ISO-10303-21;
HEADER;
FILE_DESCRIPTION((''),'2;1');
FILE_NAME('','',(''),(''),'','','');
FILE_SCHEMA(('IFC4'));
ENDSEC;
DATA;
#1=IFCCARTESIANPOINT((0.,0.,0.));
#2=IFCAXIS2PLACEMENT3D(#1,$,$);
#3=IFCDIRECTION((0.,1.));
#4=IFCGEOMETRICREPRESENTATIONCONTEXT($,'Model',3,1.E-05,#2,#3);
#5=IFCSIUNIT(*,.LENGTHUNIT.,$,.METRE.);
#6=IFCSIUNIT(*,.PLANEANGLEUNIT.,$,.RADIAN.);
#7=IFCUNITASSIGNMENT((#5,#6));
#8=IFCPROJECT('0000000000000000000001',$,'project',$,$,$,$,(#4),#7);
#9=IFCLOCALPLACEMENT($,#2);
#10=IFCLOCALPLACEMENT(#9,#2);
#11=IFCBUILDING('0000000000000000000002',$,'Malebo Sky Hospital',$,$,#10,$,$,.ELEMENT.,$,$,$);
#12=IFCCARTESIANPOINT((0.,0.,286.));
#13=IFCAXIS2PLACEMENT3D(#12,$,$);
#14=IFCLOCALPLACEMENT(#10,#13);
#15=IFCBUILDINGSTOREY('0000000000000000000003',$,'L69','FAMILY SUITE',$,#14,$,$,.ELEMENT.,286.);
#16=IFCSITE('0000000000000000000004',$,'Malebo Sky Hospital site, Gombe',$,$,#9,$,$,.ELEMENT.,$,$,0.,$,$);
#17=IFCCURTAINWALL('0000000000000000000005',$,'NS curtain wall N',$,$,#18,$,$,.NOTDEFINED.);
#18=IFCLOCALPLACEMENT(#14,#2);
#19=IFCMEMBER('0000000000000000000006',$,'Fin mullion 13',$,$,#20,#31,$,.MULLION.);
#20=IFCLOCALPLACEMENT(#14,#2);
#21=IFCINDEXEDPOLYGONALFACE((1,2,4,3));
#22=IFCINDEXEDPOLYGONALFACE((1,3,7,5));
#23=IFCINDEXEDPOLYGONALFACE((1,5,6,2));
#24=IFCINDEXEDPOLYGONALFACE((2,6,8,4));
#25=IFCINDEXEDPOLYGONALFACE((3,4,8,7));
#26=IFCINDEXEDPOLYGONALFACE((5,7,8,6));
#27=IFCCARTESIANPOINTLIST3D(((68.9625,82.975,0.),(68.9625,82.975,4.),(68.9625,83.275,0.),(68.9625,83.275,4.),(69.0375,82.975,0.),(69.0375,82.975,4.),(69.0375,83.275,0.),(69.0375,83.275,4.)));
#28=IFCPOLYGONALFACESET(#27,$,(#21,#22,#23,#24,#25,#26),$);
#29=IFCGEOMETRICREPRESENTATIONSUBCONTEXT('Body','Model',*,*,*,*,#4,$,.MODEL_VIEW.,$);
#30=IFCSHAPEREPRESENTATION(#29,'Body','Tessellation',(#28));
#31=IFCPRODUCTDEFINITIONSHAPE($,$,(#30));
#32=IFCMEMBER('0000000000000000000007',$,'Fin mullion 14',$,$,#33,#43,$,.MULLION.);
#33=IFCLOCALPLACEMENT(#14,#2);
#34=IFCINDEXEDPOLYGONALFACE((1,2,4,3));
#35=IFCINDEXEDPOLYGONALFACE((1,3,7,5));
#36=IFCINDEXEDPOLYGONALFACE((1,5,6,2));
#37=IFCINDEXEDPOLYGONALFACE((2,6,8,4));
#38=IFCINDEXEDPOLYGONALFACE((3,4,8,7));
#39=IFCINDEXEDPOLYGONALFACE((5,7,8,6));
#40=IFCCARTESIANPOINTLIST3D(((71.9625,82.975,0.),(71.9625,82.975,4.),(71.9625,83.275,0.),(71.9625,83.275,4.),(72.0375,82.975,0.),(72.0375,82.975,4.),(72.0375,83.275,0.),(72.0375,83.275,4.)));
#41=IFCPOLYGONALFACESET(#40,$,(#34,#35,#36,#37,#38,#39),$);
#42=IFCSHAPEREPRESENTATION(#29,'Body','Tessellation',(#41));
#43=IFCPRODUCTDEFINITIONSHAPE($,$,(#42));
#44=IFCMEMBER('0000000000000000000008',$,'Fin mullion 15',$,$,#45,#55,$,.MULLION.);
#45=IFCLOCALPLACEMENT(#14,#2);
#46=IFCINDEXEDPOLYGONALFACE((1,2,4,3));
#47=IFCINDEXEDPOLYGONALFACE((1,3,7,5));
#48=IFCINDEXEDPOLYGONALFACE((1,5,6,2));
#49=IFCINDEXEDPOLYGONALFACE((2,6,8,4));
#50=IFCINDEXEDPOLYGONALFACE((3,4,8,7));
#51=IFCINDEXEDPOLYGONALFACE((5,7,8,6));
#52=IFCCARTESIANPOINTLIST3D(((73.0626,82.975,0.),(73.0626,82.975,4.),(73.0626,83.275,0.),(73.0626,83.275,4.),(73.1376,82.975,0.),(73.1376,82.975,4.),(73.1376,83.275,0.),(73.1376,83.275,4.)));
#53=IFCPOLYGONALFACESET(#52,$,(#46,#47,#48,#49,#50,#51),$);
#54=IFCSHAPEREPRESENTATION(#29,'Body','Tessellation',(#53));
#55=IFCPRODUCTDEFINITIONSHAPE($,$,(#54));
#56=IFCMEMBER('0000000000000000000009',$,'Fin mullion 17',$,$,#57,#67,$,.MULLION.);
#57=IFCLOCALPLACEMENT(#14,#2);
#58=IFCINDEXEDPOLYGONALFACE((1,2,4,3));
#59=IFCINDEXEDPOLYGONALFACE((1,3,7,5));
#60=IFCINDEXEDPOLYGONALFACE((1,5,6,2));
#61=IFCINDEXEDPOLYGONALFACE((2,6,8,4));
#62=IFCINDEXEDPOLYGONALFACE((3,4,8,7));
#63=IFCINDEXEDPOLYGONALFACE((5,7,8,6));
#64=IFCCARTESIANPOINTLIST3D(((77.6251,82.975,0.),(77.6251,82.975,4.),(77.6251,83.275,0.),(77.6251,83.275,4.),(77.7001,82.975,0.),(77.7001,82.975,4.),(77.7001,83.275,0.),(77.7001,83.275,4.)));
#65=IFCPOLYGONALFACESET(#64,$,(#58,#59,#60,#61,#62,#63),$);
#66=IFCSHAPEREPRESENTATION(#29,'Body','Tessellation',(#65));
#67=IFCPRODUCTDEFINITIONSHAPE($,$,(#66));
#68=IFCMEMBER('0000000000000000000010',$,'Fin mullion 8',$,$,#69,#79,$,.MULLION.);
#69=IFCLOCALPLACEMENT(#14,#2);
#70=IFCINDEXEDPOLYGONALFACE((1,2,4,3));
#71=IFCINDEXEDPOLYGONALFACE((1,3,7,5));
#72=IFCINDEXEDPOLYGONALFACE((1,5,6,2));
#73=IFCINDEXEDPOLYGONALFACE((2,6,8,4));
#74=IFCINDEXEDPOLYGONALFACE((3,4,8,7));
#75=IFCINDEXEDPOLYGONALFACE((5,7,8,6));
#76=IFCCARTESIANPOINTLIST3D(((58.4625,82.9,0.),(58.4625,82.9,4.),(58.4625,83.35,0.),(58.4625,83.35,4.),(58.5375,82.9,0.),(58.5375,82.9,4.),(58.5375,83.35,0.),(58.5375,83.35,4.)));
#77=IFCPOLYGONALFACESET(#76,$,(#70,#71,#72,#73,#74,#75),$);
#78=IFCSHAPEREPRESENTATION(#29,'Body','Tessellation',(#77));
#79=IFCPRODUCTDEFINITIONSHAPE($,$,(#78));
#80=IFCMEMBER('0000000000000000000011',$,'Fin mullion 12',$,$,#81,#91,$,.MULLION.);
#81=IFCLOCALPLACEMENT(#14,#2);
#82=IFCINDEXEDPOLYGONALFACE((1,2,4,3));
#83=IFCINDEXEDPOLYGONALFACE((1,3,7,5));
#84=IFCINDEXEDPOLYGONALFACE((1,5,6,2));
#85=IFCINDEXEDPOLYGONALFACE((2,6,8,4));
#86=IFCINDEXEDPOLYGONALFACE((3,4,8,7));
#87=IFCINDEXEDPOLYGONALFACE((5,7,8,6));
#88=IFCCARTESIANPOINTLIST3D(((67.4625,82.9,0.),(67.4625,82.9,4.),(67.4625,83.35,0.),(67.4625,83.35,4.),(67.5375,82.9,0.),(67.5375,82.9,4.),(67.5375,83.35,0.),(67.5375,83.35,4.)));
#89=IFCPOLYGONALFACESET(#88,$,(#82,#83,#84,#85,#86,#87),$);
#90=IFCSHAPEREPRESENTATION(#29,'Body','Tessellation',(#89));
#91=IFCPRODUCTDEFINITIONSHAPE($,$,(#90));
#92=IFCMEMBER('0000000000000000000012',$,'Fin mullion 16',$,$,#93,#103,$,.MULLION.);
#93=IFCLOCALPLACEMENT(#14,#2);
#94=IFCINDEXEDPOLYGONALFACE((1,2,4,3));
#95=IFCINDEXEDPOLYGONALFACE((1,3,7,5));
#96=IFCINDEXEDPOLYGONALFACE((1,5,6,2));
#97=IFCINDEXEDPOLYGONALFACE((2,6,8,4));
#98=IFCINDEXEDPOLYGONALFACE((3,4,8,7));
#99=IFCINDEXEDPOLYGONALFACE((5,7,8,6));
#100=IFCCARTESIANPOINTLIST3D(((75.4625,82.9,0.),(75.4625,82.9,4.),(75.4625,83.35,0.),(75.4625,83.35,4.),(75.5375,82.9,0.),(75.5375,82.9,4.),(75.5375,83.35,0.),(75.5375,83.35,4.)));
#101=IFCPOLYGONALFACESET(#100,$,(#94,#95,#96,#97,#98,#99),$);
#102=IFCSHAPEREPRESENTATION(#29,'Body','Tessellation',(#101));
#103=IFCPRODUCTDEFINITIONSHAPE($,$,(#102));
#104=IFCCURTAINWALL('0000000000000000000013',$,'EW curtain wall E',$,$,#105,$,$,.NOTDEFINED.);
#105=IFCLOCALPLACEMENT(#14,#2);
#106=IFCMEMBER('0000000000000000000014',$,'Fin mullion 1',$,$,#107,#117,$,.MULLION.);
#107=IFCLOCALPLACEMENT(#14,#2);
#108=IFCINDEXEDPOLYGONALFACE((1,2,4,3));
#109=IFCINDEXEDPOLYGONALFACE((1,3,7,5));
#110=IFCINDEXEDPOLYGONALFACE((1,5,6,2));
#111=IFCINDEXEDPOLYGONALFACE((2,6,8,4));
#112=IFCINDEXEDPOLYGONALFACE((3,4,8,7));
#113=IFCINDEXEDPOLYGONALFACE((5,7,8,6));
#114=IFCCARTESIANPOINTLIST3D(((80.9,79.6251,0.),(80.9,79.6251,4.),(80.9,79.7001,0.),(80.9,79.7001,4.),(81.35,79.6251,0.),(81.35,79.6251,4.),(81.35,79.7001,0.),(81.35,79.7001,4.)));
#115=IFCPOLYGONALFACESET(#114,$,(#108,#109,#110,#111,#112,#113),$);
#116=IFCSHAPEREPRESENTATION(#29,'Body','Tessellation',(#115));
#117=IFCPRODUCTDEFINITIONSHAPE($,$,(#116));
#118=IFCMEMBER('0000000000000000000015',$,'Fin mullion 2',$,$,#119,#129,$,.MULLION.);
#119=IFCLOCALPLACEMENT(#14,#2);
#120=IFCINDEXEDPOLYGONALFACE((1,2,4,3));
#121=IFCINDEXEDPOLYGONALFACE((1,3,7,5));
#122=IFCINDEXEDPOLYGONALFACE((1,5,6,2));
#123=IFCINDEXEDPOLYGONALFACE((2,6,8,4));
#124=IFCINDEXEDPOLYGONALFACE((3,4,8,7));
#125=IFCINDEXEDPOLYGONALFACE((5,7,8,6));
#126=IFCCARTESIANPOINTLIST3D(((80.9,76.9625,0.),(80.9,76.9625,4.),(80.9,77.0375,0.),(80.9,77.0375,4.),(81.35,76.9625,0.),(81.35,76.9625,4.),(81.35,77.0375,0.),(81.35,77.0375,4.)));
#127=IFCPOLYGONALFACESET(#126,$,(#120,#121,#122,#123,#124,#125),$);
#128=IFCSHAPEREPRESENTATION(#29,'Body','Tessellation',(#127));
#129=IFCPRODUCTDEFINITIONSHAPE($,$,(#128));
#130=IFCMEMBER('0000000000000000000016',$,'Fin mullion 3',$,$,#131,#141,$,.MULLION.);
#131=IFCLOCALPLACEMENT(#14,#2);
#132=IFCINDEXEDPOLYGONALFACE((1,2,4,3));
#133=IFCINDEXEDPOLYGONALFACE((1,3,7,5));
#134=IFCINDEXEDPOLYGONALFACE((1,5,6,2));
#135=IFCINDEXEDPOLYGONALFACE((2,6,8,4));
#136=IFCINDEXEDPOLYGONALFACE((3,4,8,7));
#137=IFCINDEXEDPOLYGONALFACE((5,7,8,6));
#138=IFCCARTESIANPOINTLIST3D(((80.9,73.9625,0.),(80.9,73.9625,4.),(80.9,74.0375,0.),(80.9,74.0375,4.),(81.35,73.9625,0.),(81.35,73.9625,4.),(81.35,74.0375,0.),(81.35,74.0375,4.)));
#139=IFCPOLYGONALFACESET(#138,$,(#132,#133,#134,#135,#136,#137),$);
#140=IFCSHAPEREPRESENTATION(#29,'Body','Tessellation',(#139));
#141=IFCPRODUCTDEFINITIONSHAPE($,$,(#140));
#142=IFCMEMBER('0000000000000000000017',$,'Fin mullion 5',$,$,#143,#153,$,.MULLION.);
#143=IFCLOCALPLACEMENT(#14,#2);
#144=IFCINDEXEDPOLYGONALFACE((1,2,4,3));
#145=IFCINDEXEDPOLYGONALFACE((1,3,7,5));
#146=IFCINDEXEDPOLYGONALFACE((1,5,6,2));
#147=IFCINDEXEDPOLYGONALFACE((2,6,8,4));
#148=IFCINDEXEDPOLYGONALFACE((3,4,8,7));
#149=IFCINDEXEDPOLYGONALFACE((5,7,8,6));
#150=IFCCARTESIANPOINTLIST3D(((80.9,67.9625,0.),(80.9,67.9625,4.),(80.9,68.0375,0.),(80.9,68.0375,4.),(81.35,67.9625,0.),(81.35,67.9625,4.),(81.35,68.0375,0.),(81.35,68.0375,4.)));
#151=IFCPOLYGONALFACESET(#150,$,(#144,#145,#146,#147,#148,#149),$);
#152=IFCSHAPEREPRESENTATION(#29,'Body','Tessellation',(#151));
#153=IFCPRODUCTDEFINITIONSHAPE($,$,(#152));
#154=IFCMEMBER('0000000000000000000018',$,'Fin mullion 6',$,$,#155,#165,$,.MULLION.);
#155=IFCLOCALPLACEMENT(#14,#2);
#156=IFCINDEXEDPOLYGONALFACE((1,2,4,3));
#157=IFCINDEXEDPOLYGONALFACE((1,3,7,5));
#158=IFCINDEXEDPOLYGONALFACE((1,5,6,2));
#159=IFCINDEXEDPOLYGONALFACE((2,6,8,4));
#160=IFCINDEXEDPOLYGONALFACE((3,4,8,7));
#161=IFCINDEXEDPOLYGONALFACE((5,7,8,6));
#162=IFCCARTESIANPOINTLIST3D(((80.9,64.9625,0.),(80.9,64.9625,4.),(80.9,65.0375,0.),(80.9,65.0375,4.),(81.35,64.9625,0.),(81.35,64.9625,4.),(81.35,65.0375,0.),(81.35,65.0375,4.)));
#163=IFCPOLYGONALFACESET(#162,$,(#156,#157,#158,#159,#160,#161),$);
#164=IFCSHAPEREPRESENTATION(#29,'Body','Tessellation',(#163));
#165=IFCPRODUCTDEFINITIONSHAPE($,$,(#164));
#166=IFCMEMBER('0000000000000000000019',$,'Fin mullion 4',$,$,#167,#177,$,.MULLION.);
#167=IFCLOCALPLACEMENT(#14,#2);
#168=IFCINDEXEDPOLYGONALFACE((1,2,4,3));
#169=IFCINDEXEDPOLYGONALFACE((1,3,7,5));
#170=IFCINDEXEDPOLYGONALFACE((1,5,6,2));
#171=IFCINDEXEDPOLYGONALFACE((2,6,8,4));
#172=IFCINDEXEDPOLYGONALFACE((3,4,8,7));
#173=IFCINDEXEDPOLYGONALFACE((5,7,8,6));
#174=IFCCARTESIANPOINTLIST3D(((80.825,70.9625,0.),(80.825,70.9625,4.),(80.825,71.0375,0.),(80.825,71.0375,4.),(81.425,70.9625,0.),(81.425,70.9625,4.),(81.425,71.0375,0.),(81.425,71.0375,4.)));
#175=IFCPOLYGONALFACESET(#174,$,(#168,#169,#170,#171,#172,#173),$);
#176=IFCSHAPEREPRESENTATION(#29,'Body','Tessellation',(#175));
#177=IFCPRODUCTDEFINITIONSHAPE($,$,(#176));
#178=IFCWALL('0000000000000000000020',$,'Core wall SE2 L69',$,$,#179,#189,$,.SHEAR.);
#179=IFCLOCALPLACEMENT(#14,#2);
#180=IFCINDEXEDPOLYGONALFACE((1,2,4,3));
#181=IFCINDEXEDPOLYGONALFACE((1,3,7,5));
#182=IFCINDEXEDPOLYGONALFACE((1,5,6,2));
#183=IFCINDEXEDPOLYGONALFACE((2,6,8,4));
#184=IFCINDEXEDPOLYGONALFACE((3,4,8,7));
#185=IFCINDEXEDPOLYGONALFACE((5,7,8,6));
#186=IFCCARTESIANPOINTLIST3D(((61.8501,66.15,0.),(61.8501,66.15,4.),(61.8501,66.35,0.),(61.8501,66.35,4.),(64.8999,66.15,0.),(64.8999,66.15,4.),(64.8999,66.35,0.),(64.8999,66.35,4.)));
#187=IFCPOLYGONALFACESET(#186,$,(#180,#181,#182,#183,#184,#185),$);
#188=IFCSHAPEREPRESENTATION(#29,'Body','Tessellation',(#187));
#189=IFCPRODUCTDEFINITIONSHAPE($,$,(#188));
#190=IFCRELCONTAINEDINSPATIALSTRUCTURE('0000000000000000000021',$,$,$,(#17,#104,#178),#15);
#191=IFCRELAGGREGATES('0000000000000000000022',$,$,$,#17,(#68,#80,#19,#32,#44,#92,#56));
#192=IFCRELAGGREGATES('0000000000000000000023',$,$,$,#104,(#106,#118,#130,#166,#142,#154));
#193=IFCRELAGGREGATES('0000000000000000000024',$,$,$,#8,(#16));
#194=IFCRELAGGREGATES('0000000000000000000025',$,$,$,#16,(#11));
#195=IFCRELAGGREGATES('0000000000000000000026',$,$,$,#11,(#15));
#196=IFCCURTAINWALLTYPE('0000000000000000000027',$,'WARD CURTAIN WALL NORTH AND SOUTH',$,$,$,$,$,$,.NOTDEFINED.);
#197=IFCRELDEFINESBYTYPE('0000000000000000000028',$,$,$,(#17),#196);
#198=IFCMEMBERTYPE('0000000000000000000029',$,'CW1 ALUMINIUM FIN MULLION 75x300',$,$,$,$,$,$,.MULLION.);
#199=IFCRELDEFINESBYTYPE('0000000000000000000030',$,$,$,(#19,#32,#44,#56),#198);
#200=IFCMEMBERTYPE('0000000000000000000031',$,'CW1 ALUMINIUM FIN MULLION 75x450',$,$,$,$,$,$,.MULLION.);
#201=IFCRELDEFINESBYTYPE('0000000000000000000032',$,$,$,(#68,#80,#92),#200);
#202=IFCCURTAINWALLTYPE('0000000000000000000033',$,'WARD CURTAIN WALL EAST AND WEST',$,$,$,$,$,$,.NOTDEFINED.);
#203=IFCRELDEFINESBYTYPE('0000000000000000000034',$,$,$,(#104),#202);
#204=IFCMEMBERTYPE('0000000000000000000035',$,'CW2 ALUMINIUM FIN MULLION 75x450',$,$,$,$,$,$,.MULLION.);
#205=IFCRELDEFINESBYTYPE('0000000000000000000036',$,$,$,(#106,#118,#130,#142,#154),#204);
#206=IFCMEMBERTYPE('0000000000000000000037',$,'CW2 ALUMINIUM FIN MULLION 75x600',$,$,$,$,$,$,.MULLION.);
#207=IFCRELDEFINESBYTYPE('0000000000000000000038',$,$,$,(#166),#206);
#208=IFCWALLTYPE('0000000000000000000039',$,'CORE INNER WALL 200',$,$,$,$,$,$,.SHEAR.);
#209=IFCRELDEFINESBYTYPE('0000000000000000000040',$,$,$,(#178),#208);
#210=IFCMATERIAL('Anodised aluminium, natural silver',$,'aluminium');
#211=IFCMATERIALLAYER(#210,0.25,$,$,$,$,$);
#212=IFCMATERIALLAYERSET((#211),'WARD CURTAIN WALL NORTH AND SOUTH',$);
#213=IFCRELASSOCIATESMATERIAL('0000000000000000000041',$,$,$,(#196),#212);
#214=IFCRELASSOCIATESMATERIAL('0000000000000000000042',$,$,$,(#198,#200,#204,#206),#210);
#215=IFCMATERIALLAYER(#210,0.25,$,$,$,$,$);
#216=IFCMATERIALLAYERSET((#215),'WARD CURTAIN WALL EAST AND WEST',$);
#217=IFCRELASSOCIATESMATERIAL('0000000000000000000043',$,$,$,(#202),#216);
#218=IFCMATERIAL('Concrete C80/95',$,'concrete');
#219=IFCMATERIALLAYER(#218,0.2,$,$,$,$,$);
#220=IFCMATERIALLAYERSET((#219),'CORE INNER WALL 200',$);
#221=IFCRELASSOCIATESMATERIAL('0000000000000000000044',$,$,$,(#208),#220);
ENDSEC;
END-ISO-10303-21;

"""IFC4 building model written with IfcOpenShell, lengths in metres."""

from ifc_helpers import new_model, si_unit, direction, frame, frame_2d, origin, origin_2d, place, context, subcontext, project, spatial, rectangle, extrude, material, layer, layer_set, material_profile, profile_set, type_object, element, aggregate, save


model = new_model("IFC4")

# Units and contexts
model_context = context("Model", 3, precision=1e-05, world=origin(), true_north=direction((0.0, 1.0)))
body_context = subcontext(model_context, "Body", "Model", "MODEL_VIEW")
ifc_project = project(units=[si_unit("LENGTHUNIT", "METRE"), si_unit("PLANEANGLEUNIT", "RADIAN")], contexts=[model_context])

# Site, building, storey
site_placement = place(None, origin())
site = spatial("IfcSite", under=ifc_project, at=site_placement, Name="Malebo Sky Hospital site, Gombe", CompositionType="ELEMENT", RefElevation=0.0)
building_placement = place(site_placement, origin())
building = spatial("IfcBuilding", under=site, at=building_placement, Name="Malebo Sky Hospital", CompositionType="ELEMENT")
storey_placement = place(building_placement, frame((0.0, 0.0, 286.0)))
storey = spatial("IfcBuildingStorey", under=building, at=storey_placement, Name="L69", Description="FAMILY SUITE", CompositionType="ELEMENT", Elevation=286.0)

# Curtain walls, members
ifc_material_1 = material(Name="Anodised aluminium, natural silver", Category="aluminium")
ifc_layer_1 = layer(ifc_material_1, 0.25)
ifc_layer_set_1 = layer_set([ifc_layer_1], Name="WARD CURTAIN WALL NORTH AND SOUTH")
curtain_wall_type_1 = type_object("IfcCurtainWallType", Name="WARD CURTAIN WALL NORTH AND SOUTH", PredefinedType="NOTDEFINED", material=ifc_layer_set_1)
curtain_wall_1_placement = place(storey_placement, origin())
curtain_wall_1 = element("IfcCurtainWall", 1, at=curtain_wall_1_placement, inside=storey, type_object=curtain_wall_type_1, Name="NS curtain wall N", PredefinedType="NOTDEFINED")
ifc_material_profile_1 = material_profile(ifc_material_1, rectangle(XDim=0.075, YDim=0.3, at=origin_2d()), Name="CW1 ALUMINIUM FIN MULLION 75x300")
ifc_profile_set_1 = profile_set([ifc_material_profile_1], Name="Anodised aluminium, natural silver")
member_type_1 = type_object("IfcMemberType", Name="CW1 ALUMINIUM FIN MULLION 75x300", PredefinedType="MULLION", material=ifc_profile_set_1)
member_1_placement = place(storey_placement, frame((69.0, 83.125, 0.0), z_axis=(0.0, 0.0, 1.0), x_axis=(1.0, 0.0, 0.0)))
member_1 = element("IfcMember", 2, at=member_1_placement, type_object=member_type_1, Name="Fin mullion 13", PredefinedType="MULLION", context=body_context, shape_type="SweptSolid", body=[
    extrude(rectangle(XDim=0.075, YDim=0.3, at=origin_2d()), origin(), (0.0, 0.0, 1.0), 4.0),
])
member_2_placement = place(storey_placement, frame((72.0, 83.125, 0.0), z_axis=(0.0, 0.0, 1.0), x_axis=(1.0, 0.0, 0.0)))
member_2 = element("IfcMember", 3, at=member_2_placement, type_object=member_type_1, Name="Fin mullion 14", PredefinedType="MULLION", context=body_context, shape_type="SweptSolid", body=[
    extrude(rectangle(XDim=0.075, YDim=0.3, at=origin_2d()), origin(), (0.0, 0.0, 1.0), 4.0),
])
member_3_placement = place(storey_placement, frame((73.1001, 83.125, 0.0), z_axis=(0.0, 0.0, 1.0), x_axis=(1.0, 0.0, 0.0)))
member_3 = element("IfcMember", 4, at=member_3_placement, type_object=member_type_1, Name="Fin mullion 15", PredefinedType="MULLION", context=body_context, shape_type="SweptSolid", body=[
    extrude(rectangle(XDim=0.075, YDim=0.3, at=origin_2d()), origin(), (0.0, 0.0, 1.0), 4.0),
])
member_4_placement = place(storey_placement, frame((77.6626, 83.125, 0.0), z_axis=(0.0, 0.0, 1.0), x_axis=(1.0, 0.0, 0.0)))
member_4 = element("IfcMember", 5, at=member_4_placement, type_object=member_type_1, Name="Fin mullion 17", PredefinedType="MULLION", context=body_context, shape_type="SweptSolid", body=[
    extrude(rectangle(XDim=0.075, YDim=0.3, at=origin_2d()), origin(), (0.0, 0.0, 1.0), 4.0),
])
ifc_material_profile_2 = material_profile(ifc_material_1, rectangle(XDim=0.075, YDim=0.45, at=origin_2d()), Name="CW1 ALUMINIUM FIN MULLION 75x450")
ifc_profile_set_2 = profile_set([ifc_material_profile_2], Name="Anodised aluminium, natural silver")
member_type_2 = type_object("IfcMemberType", Name="CW1 ALUMINIUM FIN MULLION 75x450", PredefinedType="MULLION", material=ifc_profile_set_2)
member_5_placement = place(storey_placement, frame((58.5, 83.125, 0.0), z_axis=(0.0, 0.0, 1.0), x_axis=(1.0, 0.0, 0.0)))
member_5 = element("IfcMember", 6, at=member_5_placement, type_object=member_type_2, Name="Fin mullion 8", PredefinedType="MULLION", context=body_context, shape_type="SweptSolid", body=[
    extrude(rectangle(XDim=0.075, YDim=0.45, at=origin_2d()), origin(), (0.0, 0.0, 1.0), 4.0),
])
member_6_placement = place(storey_placement, frame((67.5, 83.125, 0.0), z_axis=(0.0, 0.0, 1.0), x_axis=(1.0, 0.0, 0.0)))
member_6 = element("IfcMember", 7, at=member_6_placement, type_object=member_type_2, Name="Fin mullion 12", PredefinedType="MULLION", context=body_context, shape_type="SweptSolid", body=[
    extrude(rectangle(XDim=0.075, YDim=0.45, at=origin_2d()), origin(), (0.0, 0.0, 1.0), 4.0),
])
member_7_placement = place(storey_placement, frame((75.5, 83.125, 0.0), z_axis=(0.0, 0.0, 1.0), x_axis=(1.0, 0.0, 0.0)))
member_7 = element("IfcMember", 8, at=member_7_placement, type_object=member_type_2, Name="Fin mullion 16", PredefinedType="MULLION", context=body_context, shape_type="SweptSolid", body=[
    extrude(rectangle(XDim=0.075, YDim=0.45, at=origin_2d()), origin(), (0.0, 0.0, 1.0), 4.0),
])
aggregate(curtain_wall_1, [member_5, member_6, member_1, member_2, member_3, member_7, member_4])
ifc_layer_2 = layer(ifc_material_1, 0.25)
ifc_layer_set_2 = layer_set([ifc_layer_2], Name="WARD CURTAIN WALL EAST AND WEST")
curtain_wall_type_2 = type_object("IfcCurtainWallType", Name="WARD CURTAIN WALL EAST AND WEST", PredefinedType="NOTDEFINED", material=ifc_layer_set_2)
curtain_wall_2_placement = place(storey_placement, origin())
curtain_wall_2 = element("IfcCurtainWall", 9, at=curtain_wall_2_placement, inside=storey, type_object=curtain_wall_type_2, Name="EW curtain wall E", PredefinedType="NOTDEFINED")
ifc_material_profile_3 = material_profile(ifc_material_1, rectangle(XDim=0.075, YDim=0.45, at=origin_2d()), Name="CW2 ALUMINIUM FIN MULLION 75x450")
ifc_profile_set_3 = profile_set([ifc_material_profile_3], Name="Anodised aluminium, natural silver")
member_type_3 = type_object("IfcMemberType", Name="CW2 ALUMINIUM FIN MULLION 75x450", PredefinedType="MULLION", material=ifc_profile_set_3)
member_8_placement = place(storey_placement, frame((81.125, 79.6626, 0.0), z_axis=(0.0, 0.0, 1.0), x_axis=(0.0, -1.0, 0.0)))
member_8 = element("IfcMember", 10, at=member_8_placement, type_object=member_type_3, Name="Fin mullion 1", PredefinedType="MULLION", context=body_context, shape_type="SweptSolid", body=[
    extrude(rectangle(XDim=0.075, YDim=0.45, at=origin_2d()), origin(), (0.0, 0.0, 1.0), 4.0),
])
member_9_placement = place(storey_placement, frame((81.125, 77.0, 0.0), z_axis=(0.0, 0.0, 1.0), x_axis=(0.0, -1.0, 0.0)))
member_9 = element("IfcMember", 11, at=member_9_placement, type_object=member_type_3, Name="Fin mullion 2", PredefinedType="MULLION", context=body_context, shape_type="SweptSolid", body=[
    extrude(rectangle(XDim=0.075, YDim=0.45, at=origin_2d()), origin(), (0.0, 0.0, 1.0), 4.0),
])
member_10_placement = place(storey_placement, frame((81.125, 74.0, 0.0), z_axis=(0.0, 0.0, 1.0), x_axis=(0.0, -1.0, 0.0)))
member_10 = element("IfcMember", 12, at=member_10_placement, type_object=member_type_3, Name="Fin mullion 3", PredefinedType="MULLION", context=body_context, shape_type="SweptSolid", body=[
    extrude(rectangle(XDim=0.075, YDim=0.45, at=origin_2d()), origin(), (0.0, 0.0, 1.0), 4.0),
])
member_11_placement = place(storey_placement, frame((81.125, 68.0, 0.0), z_axis=(0.0, 0.0, 1.0), x_axis=(0.0, -1.0, 0.0)))
member_11 = element("IfcMember", 13, at=member_11_placement, type_object=member_type_3, Name="Fin mullion 5", PredefinedType="MULLION", context=body_context, shape_type="SweptSolid", body=[
    extrude(rectangle(XDim=0.075, YDim=0.45, at=origin_2d()), origin(), (0.0, 0.0, 1.0), 4.0),
])
member_12_placement = place(storey_placement, frame((81.125, 65.0, 0.0), z_axis=(0.0, 0.0, 1.0), x_axis=(0.0, -1.0, 0.0)))
member_12 = element("IfcMember", 14, at=member_12_placement, type_object=member_type_3, Name="Fin mullion 6", PredefinedType="MULLION", context=body_context, shape_type="SweptSolid", body=[
    extrude(rectangle(XDim=0.075, YDim=0.45, at=origin_2d()), origin(), (0.0, 0.0, 1.0), 4.0),
])
ifc_material_profile_4 = material_profile(ifc_material_1, rectangle(XDim=0.075, YDim=0.6001, at=origin_2d()), Name="CW2 ALUMINIUM FIN MULLION 75x600")
ifc_profile_set_4 = profile_set([ifc_material_profile_4], Name="Anodised aluminium, natural silver")
member_type_4 = type_object("IfcMemberType", Name="CW2 ALUMINIUM FIN MULLION 75x600", PredefinedType="MULLION", material=ifc_profile_set_4)
member_13_placement = place(storey_placement, frame((81.125, 71.0, 0.0), z_axis=(0.0, 0.0, 1.0), x_axis=(0.0, -1.0, 0.0)))
member_13 = element("IfcMember", 15, at=member_13_placement, type_object=member_type_4, Name="Fin mullion 4", PredefinedType="MULLION", context=body_context, shape_type="SweptSolid", body=[
    extrude(rectangle(XDim=0.075, YDim=0.6001, at=origin_2d()), origin(), (0.0, 0.0, 1.0), 4.0),
])
aggregate(curtain_wall_2, [member_8, member_9, member_10, member_13, member_11, member_12])

# Wall
ifc_material_2 = material(Name="Concrete C80/95", Category="concrete")
ifc_layer_3 = layer(ifc_material_2, 0.2)
ifc_layer_set_3 = layer_set([ifc_layer_3], Name="CORE INNER WALL 200")
wall_type_1 = type_object("IfcWallType", Name="CORE INNER WALL 200", PredefinedType="SHEAR", material=ifc_layer_set_3)
wall_1_placement = place(storey_placement, frame((61.8501, 66.25, 0.0), z_axis=(0.0, 0.0, 1.0), x_axis=(1.0, 0.0, 0.0)))
element("IfcWall", 16, at=wall_1_placement, inside=storey, type_object=wall_type_1, Name="Core wall SE2 L69", PredefinedType="SHEAR", context=body_context, shape_type="SweptSolid", body=[
    extrude(rectangle(XDim=3.0498, YDim=0.2, at=frame_2d((1.5249, 0.0))), origin(), (0.0, 0.0, 1.0), 4.0),
])

save(model, "model.ifc")
